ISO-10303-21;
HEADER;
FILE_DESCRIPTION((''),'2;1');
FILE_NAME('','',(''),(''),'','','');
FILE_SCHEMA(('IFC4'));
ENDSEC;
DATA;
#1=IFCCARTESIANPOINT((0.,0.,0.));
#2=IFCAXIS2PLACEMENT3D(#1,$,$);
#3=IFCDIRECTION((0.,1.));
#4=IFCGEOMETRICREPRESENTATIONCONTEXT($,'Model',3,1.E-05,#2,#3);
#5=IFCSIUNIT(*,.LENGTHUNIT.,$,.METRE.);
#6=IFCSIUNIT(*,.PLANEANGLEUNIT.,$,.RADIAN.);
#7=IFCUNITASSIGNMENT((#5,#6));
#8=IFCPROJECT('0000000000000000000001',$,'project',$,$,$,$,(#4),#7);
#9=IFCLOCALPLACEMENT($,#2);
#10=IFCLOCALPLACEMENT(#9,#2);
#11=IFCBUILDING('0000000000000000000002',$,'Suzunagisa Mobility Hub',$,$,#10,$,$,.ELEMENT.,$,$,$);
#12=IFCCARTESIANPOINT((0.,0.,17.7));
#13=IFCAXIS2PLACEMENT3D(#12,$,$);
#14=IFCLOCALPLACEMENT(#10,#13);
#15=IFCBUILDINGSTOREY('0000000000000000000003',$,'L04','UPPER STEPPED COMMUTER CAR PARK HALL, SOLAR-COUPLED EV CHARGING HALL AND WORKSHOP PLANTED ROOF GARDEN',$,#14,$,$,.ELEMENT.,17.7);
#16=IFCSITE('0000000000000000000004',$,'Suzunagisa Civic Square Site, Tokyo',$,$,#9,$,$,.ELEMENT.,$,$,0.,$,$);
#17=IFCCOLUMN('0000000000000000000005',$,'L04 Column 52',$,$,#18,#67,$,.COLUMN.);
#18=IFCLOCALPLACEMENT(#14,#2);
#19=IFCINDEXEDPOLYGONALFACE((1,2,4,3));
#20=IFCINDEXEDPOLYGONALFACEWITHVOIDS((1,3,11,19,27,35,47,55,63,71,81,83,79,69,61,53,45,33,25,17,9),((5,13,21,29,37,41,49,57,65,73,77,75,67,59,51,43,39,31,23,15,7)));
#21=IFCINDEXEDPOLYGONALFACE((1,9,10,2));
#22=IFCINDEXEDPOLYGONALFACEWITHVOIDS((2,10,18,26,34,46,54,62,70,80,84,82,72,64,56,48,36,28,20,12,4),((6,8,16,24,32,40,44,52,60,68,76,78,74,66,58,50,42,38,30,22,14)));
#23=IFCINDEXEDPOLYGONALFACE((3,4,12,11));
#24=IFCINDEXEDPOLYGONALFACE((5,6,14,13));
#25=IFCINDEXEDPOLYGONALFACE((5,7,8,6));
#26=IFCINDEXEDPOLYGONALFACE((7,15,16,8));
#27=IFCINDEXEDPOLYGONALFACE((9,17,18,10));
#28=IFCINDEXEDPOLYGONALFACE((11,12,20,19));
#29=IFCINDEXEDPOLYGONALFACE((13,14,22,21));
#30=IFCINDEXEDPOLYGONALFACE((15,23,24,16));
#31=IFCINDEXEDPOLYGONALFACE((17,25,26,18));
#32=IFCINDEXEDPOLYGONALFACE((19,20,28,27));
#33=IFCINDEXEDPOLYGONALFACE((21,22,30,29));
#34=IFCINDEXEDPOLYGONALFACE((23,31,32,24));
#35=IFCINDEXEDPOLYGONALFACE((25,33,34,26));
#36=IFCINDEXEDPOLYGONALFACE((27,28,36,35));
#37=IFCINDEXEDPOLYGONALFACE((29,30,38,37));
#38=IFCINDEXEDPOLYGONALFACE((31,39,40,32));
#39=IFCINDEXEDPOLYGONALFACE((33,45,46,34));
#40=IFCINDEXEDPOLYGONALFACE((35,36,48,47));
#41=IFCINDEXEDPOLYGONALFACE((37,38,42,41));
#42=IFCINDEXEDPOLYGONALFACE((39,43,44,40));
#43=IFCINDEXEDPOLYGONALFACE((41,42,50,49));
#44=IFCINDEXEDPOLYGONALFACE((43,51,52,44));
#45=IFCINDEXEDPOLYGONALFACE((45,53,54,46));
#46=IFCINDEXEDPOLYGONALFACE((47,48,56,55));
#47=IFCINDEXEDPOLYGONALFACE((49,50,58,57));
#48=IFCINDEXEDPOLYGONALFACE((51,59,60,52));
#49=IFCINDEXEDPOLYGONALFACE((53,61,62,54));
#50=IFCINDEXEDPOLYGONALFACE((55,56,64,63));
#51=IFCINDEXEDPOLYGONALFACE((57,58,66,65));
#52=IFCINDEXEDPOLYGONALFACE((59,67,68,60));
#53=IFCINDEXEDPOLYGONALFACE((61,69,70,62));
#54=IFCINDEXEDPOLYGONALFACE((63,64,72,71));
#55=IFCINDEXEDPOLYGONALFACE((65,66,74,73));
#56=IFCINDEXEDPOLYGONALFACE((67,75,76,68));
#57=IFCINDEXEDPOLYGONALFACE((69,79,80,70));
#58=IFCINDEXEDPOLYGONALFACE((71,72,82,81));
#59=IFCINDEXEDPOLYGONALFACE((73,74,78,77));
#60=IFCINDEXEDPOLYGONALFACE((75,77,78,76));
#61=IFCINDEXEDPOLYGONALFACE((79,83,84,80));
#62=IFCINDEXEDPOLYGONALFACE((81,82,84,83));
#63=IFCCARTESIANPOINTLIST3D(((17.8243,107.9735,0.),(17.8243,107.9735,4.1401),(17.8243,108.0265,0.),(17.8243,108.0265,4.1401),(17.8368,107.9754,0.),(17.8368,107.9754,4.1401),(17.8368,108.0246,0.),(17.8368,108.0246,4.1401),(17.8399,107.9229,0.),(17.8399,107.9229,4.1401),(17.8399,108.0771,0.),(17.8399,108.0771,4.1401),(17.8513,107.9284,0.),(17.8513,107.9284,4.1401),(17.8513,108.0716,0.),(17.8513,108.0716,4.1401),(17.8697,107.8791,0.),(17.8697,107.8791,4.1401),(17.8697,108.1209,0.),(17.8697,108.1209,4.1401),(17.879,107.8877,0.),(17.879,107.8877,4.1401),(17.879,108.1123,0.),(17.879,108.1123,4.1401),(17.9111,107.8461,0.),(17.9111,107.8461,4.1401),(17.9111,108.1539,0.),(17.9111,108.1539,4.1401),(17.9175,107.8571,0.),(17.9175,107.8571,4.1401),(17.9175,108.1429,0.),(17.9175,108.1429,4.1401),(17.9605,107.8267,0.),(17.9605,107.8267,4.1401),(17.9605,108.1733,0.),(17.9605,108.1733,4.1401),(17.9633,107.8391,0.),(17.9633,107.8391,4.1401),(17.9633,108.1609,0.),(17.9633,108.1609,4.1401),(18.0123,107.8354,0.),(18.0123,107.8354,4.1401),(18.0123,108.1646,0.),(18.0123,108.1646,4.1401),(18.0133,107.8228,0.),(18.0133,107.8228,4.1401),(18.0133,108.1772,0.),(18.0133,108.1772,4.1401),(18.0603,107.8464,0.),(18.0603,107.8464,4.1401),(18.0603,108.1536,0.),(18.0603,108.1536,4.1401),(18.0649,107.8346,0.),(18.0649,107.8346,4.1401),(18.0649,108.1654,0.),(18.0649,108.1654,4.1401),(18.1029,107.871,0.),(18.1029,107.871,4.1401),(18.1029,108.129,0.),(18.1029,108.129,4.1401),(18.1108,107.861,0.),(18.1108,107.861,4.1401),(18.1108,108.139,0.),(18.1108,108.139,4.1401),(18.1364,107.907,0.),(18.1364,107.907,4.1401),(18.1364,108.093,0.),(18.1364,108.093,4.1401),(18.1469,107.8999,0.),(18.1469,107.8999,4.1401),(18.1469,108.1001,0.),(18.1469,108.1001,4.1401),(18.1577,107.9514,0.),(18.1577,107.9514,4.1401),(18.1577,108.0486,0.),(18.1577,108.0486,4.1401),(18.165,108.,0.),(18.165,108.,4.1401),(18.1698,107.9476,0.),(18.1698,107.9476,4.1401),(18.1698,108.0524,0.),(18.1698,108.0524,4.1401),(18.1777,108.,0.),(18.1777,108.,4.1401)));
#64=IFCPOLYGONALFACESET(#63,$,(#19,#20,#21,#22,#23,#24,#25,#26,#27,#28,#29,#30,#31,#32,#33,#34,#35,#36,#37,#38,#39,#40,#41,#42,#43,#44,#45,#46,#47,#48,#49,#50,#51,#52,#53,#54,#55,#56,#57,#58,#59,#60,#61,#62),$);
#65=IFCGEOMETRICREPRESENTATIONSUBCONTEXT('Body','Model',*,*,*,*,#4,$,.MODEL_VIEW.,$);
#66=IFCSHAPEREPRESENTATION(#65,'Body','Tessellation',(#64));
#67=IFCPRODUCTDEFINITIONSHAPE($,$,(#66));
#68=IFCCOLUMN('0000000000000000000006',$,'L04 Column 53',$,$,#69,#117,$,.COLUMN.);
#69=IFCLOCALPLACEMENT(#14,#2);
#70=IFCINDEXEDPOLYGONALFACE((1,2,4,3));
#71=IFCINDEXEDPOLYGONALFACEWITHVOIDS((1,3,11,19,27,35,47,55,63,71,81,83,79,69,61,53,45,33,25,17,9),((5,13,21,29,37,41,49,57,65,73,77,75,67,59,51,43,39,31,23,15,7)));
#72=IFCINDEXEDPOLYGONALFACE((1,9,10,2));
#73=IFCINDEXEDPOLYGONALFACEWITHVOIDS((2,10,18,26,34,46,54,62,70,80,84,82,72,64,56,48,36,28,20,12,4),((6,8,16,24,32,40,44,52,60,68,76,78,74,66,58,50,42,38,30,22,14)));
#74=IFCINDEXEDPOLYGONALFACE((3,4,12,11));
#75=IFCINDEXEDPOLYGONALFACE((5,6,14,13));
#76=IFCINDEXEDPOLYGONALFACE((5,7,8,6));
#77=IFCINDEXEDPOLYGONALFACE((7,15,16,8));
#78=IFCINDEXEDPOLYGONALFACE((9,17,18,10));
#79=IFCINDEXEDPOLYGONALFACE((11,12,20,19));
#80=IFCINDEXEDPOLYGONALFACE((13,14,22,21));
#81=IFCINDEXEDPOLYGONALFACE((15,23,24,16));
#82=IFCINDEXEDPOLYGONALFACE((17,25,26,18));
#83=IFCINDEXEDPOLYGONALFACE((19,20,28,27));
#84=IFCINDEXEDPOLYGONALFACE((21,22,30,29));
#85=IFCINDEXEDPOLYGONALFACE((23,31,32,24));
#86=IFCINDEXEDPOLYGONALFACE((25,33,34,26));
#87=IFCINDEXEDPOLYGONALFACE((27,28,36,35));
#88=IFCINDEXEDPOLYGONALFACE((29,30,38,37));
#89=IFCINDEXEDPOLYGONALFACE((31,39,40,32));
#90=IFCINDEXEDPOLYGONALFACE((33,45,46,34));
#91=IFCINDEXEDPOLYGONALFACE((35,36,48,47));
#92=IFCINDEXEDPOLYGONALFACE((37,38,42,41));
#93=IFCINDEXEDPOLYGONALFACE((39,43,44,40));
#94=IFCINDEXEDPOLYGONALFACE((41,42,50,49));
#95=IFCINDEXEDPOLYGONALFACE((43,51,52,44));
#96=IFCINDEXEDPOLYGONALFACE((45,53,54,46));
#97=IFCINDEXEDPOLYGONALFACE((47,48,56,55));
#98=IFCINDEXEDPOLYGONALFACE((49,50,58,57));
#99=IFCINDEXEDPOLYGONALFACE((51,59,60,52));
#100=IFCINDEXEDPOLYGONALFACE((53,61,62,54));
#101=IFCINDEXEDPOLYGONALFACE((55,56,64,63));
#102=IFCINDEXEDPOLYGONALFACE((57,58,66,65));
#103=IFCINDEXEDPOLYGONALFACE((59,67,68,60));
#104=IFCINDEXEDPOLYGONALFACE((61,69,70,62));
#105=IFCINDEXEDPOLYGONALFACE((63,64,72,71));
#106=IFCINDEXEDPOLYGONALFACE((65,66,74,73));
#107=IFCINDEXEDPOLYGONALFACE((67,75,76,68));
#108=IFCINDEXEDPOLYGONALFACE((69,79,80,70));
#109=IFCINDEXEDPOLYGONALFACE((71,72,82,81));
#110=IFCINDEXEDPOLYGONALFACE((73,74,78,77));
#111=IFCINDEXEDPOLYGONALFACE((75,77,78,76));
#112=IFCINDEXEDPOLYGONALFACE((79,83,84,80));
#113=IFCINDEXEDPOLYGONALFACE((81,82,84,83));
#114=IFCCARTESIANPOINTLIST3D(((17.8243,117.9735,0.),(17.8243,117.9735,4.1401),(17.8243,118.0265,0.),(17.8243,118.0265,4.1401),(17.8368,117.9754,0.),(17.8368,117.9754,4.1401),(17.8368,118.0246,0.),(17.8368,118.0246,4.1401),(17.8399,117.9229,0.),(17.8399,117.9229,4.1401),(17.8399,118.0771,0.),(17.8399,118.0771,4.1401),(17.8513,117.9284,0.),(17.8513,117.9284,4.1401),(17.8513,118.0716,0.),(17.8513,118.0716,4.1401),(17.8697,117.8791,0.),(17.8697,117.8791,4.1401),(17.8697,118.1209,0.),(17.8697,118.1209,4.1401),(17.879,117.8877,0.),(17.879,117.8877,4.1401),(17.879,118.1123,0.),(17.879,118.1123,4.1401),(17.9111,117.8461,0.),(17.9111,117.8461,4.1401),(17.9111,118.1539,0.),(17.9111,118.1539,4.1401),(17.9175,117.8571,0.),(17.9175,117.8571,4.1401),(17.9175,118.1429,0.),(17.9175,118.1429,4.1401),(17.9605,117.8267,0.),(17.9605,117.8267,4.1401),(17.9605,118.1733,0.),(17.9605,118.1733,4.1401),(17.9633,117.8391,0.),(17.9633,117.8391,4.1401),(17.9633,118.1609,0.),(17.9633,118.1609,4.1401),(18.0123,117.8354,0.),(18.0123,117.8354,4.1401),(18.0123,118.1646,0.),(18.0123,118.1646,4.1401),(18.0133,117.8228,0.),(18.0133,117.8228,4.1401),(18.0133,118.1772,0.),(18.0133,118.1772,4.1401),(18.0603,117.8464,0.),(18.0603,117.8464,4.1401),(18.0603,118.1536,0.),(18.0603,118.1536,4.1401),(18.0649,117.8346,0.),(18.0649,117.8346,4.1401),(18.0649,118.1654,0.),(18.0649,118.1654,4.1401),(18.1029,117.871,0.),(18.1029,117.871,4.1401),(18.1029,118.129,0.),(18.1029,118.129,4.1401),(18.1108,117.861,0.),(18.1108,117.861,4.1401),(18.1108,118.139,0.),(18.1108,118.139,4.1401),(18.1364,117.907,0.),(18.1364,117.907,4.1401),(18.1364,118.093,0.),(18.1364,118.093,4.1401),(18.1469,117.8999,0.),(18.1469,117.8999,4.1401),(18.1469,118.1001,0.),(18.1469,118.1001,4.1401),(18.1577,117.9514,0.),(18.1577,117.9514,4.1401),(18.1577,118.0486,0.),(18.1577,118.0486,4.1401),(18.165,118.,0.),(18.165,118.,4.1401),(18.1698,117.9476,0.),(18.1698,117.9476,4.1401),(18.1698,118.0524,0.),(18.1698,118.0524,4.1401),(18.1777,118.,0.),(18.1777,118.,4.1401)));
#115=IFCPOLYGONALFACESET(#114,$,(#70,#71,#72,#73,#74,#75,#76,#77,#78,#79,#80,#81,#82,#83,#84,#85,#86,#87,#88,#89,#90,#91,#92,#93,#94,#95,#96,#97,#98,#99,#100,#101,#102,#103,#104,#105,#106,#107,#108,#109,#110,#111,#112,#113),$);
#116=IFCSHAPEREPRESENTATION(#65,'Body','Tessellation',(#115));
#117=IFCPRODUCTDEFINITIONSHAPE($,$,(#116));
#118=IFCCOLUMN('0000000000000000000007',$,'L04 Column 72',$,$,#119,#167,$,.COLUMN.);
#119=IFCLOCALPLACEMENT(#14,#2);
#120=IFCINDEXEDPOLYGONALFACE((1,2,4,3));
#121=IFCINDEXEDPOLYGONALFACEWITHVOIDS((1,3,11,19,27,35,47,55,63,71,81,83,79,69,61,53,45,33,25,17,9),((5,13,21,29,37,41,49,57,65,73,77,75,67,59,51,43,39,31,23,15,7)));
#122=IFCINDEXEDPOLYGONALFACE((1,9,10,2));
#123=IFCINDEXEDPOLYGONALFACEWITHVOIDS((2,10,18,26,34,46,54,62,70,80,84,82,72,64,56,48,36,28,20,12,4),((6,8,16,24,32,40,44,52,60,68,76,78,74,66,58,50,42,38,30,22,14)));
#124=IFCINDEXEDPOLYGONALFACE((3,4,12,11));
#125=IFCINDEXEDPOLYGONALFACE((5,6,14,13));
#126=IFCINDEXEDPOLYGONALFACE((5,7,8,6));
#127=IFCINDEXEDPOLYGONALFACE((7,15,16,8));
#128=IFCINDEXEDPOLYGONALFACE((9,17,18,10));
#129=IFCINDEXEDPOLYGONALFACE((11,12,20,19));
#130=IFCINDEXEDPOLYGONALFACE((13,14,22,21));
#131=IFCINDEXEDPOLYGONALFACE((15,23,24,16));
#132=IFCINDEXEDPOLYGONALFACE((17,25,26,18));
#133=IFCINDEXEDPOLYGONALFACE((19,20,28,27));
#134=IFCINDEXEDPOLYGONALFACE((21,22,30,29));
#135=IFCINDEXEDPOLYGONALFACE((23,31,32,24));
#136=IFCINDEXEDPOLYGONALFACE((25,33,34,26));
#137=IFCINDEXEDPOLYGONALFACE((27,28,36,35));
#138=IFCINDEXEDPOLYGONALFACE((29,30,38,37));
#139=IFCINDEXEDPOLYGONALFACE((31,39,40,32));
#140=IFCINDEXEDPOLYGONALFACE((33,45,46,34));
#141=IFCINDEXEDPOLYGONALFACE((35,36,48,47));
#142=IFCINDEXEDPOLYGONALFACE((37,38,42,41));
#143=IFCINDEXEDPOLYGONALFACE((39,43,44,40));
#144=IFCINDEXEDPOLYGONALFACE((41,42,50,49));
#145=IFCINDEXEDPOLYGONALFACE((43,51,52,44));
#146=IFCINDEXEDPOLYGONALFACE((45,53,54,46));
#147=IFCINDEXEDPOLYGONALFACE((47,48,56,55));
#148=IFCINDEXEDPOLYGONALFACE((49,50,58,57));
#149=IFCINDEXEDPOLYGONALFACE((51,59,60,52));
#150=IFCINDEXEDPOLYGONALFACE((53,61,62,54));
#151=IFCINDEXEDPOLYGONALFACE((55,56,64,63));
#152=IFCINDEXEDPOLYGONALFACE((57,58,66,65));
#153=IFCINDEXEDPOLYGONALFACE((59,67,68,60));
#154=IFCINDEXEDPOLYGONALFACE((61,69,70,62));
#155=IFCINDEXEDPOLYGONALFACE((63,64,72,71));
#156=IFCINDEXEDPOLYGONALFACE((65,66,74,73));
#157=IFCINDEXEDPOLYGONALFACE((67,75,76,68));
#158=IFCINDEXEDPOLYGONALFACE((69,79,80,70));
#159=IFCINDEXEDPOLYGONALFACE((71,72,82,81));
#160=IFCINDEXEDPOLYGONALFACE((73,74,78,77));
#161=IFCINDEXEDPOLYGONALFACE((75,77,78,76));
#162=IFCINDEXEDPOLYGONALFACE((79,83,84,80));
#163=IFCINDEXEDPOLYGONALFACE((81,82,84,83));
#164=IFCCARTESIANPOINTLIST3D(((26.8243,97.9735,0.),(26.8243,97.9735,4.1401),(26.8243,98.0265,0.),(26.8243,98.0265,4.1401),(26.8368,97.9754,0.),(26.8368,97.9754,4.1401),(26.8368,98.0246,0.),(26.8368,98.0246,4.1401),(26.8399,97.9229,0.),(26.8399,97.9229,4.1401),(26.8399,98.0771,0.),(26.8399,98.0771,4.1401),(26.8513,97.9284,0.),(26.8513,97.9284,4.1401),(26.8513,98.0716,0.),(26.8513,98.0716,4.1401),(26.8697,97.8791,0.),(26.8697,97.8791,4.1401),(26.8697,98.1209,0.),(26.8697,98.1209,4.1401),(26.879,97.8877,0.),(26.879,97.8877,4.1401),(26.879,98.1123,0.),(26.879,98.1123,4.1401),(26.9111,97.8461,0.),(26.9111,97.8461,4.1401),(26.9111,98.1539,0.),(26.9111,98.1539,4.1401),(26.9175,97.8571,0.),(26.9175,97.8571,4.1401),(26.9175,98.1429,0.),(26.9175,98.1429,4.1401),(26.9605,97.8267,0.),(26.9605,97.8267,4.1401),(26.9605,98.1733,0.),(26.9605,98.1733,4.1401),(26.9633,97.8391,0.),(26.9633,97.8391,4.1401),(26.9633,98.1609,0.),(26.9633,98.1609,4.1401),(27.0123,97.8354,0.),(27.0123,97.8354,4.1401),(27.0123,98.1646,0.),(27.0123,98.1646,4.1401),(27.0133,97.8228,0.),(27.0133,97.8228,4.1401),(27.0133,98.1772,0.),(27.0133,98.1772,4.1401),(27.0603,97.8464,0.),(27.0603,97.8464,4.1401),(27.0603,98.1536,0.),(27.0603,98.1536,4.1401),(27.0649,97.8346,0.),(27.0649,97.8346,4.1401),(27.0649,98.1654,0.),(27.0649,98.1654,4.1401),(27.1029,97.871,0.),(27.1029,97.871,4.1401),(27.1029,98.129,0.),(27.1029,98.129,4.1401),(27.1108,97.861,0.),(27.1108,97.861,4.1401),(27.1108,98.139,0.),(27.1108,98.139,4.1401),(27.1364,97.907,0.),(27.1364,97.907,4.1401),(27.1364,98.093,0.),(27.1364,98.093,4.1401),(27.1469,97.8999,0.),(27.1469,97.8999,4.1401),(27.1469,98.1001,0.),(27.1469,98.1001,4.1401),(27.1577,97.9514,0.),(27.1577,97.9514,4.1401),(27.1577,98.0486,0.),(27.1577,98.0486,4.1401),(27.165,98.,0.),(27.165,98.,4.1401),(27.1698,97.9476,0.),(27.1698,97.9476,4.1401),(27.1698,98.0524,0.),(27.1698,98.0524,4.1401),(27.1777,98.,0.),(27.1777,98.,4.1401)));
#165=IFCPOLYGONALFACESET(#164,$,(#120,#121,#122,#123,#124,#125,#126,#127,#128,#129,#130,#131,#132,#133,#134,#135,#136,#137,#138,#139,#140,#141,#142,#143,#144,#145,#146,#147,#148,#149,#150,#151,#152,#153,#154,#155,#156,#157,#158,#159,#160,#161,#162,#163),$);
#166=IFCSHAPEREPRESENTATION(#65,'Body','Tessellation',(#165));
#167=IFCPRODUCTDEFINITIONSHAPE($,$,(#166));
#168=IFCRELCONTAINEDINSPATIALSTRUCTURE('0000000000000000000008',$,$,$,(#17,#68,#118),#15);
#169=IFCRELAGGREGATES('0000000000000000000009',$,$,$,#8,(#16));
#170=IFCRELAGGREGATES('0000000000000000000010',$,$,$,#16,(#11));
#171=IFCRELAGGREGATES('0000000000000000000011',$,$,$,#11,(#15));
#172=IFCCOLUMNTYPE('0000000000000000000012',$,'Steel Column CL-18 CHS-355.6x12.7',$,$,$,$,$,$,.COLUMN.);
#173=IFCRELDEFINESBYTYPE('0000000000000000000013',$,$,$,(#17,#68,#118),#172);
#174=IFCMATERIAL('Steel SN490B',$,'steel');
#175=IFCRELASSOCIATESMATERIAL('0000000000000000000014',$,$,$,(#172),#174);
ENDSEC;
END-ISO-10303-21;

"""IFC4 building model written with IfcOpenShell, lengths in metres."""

from ifc_helpers import new_model, si_unit, direction, frame, origin, origin_2d, place, context, subcontext, project, spatial, hollow_circle, extrude, material, material_profile, profile_set, type_object, element, save


model = new_model("IFC4")

# Units and contexts
model_context = context("Model", 3, precision=1e-05, world=origin(), true_north=direction((0.0, 1.0)))
body_context = subcontext(model_context, "Body", "Model", "MODEL_VIEW")
ifc_project = project(units=[si_unit("LENGTHUNIT", "METRE"), si_unit("PLANEANGLEUNIT", "RADIAN")], contexts=[model_context])

# Site, building, storey
site_placement = place(None, origin())
site = spatial("IfcSite", under=ifc_project, at=site_placement, Name="Suzunagisa Civic Square Site, Tokyo", CompositionType="ELEMENT", RefElevation=0.0)
building_placement = place(site_placement, origin())
building = spatial("IfcBuilding", under=site, at=building_placement, Name="Suzunagisa Mobility Hub", CompositionType="ELEMENT")
storey_placement = place(building_placement, frame((0.0, 0.0, 17.7)))
storey = spatial("IfcBuildingStorey", under=building, at=storey_placement, Name="L04", Description="UPPER STEPPED COMMUTER CAR PARK HALL, SOLAR-COUPLED EV CHARGING HALL AND WORKSHOP PLANTED ROOF GARDEN", CompositionType="ELEMENT", Elevation=17.7)

# Columns
ifc_material_1 = material(Name="Steel SN490B", Category="steel")
ifc_material_profile_1 = material_profile(ifc_material_1, hollow_circle(Radius=0.1777, WallThickness=0.0127, at=origin_2d()), Name="CHS-355.6x12.7")
ifc_profile_set_1 = profile_set([ifc_material_profile_1], Name="Steel SN490B")
column_type = type_object("IfcColumnType", Name="Steel Column CL-18 CHS-355.6x12.7", PredefinedType="COLUMN", material=ifc_profile_set_1)
for number, where, z_axis, x_axis, name in (
    (1, (18.0, 108.0, 0.0), (0.0, 0.0, 1.0), (1.0, 0.0, 0.0), "L04 Column 52"),
    (2, (18.0, 118.0, 0.0), (0.0, 0.0, 1.0), (1.0, 0.0, 0.0), "L04 Column 53"),
    (3, (27.0, 98.0, 0.0), (0.0, 0.0, 1.0), (1.0, 0.0, 0.0), "L04 Column 72"),
):
    element("IfcColumn", number, at=place(storey_placement, frame(where, z_axis=z_axis, x_axis=x_axis)), inside=storey, type_object=column_type, Name=name, PredefinedType="COLUMN", context=body_context, shape_type="SweptSolid", body=[
        extrude(hollow_circle(Radius=0.1777, WallThickness=0.0127, at=origin_2d()), origin(), (0.0, 0.0, 1.0), 4.1401),
    ])

save(model, "model.ifc")
